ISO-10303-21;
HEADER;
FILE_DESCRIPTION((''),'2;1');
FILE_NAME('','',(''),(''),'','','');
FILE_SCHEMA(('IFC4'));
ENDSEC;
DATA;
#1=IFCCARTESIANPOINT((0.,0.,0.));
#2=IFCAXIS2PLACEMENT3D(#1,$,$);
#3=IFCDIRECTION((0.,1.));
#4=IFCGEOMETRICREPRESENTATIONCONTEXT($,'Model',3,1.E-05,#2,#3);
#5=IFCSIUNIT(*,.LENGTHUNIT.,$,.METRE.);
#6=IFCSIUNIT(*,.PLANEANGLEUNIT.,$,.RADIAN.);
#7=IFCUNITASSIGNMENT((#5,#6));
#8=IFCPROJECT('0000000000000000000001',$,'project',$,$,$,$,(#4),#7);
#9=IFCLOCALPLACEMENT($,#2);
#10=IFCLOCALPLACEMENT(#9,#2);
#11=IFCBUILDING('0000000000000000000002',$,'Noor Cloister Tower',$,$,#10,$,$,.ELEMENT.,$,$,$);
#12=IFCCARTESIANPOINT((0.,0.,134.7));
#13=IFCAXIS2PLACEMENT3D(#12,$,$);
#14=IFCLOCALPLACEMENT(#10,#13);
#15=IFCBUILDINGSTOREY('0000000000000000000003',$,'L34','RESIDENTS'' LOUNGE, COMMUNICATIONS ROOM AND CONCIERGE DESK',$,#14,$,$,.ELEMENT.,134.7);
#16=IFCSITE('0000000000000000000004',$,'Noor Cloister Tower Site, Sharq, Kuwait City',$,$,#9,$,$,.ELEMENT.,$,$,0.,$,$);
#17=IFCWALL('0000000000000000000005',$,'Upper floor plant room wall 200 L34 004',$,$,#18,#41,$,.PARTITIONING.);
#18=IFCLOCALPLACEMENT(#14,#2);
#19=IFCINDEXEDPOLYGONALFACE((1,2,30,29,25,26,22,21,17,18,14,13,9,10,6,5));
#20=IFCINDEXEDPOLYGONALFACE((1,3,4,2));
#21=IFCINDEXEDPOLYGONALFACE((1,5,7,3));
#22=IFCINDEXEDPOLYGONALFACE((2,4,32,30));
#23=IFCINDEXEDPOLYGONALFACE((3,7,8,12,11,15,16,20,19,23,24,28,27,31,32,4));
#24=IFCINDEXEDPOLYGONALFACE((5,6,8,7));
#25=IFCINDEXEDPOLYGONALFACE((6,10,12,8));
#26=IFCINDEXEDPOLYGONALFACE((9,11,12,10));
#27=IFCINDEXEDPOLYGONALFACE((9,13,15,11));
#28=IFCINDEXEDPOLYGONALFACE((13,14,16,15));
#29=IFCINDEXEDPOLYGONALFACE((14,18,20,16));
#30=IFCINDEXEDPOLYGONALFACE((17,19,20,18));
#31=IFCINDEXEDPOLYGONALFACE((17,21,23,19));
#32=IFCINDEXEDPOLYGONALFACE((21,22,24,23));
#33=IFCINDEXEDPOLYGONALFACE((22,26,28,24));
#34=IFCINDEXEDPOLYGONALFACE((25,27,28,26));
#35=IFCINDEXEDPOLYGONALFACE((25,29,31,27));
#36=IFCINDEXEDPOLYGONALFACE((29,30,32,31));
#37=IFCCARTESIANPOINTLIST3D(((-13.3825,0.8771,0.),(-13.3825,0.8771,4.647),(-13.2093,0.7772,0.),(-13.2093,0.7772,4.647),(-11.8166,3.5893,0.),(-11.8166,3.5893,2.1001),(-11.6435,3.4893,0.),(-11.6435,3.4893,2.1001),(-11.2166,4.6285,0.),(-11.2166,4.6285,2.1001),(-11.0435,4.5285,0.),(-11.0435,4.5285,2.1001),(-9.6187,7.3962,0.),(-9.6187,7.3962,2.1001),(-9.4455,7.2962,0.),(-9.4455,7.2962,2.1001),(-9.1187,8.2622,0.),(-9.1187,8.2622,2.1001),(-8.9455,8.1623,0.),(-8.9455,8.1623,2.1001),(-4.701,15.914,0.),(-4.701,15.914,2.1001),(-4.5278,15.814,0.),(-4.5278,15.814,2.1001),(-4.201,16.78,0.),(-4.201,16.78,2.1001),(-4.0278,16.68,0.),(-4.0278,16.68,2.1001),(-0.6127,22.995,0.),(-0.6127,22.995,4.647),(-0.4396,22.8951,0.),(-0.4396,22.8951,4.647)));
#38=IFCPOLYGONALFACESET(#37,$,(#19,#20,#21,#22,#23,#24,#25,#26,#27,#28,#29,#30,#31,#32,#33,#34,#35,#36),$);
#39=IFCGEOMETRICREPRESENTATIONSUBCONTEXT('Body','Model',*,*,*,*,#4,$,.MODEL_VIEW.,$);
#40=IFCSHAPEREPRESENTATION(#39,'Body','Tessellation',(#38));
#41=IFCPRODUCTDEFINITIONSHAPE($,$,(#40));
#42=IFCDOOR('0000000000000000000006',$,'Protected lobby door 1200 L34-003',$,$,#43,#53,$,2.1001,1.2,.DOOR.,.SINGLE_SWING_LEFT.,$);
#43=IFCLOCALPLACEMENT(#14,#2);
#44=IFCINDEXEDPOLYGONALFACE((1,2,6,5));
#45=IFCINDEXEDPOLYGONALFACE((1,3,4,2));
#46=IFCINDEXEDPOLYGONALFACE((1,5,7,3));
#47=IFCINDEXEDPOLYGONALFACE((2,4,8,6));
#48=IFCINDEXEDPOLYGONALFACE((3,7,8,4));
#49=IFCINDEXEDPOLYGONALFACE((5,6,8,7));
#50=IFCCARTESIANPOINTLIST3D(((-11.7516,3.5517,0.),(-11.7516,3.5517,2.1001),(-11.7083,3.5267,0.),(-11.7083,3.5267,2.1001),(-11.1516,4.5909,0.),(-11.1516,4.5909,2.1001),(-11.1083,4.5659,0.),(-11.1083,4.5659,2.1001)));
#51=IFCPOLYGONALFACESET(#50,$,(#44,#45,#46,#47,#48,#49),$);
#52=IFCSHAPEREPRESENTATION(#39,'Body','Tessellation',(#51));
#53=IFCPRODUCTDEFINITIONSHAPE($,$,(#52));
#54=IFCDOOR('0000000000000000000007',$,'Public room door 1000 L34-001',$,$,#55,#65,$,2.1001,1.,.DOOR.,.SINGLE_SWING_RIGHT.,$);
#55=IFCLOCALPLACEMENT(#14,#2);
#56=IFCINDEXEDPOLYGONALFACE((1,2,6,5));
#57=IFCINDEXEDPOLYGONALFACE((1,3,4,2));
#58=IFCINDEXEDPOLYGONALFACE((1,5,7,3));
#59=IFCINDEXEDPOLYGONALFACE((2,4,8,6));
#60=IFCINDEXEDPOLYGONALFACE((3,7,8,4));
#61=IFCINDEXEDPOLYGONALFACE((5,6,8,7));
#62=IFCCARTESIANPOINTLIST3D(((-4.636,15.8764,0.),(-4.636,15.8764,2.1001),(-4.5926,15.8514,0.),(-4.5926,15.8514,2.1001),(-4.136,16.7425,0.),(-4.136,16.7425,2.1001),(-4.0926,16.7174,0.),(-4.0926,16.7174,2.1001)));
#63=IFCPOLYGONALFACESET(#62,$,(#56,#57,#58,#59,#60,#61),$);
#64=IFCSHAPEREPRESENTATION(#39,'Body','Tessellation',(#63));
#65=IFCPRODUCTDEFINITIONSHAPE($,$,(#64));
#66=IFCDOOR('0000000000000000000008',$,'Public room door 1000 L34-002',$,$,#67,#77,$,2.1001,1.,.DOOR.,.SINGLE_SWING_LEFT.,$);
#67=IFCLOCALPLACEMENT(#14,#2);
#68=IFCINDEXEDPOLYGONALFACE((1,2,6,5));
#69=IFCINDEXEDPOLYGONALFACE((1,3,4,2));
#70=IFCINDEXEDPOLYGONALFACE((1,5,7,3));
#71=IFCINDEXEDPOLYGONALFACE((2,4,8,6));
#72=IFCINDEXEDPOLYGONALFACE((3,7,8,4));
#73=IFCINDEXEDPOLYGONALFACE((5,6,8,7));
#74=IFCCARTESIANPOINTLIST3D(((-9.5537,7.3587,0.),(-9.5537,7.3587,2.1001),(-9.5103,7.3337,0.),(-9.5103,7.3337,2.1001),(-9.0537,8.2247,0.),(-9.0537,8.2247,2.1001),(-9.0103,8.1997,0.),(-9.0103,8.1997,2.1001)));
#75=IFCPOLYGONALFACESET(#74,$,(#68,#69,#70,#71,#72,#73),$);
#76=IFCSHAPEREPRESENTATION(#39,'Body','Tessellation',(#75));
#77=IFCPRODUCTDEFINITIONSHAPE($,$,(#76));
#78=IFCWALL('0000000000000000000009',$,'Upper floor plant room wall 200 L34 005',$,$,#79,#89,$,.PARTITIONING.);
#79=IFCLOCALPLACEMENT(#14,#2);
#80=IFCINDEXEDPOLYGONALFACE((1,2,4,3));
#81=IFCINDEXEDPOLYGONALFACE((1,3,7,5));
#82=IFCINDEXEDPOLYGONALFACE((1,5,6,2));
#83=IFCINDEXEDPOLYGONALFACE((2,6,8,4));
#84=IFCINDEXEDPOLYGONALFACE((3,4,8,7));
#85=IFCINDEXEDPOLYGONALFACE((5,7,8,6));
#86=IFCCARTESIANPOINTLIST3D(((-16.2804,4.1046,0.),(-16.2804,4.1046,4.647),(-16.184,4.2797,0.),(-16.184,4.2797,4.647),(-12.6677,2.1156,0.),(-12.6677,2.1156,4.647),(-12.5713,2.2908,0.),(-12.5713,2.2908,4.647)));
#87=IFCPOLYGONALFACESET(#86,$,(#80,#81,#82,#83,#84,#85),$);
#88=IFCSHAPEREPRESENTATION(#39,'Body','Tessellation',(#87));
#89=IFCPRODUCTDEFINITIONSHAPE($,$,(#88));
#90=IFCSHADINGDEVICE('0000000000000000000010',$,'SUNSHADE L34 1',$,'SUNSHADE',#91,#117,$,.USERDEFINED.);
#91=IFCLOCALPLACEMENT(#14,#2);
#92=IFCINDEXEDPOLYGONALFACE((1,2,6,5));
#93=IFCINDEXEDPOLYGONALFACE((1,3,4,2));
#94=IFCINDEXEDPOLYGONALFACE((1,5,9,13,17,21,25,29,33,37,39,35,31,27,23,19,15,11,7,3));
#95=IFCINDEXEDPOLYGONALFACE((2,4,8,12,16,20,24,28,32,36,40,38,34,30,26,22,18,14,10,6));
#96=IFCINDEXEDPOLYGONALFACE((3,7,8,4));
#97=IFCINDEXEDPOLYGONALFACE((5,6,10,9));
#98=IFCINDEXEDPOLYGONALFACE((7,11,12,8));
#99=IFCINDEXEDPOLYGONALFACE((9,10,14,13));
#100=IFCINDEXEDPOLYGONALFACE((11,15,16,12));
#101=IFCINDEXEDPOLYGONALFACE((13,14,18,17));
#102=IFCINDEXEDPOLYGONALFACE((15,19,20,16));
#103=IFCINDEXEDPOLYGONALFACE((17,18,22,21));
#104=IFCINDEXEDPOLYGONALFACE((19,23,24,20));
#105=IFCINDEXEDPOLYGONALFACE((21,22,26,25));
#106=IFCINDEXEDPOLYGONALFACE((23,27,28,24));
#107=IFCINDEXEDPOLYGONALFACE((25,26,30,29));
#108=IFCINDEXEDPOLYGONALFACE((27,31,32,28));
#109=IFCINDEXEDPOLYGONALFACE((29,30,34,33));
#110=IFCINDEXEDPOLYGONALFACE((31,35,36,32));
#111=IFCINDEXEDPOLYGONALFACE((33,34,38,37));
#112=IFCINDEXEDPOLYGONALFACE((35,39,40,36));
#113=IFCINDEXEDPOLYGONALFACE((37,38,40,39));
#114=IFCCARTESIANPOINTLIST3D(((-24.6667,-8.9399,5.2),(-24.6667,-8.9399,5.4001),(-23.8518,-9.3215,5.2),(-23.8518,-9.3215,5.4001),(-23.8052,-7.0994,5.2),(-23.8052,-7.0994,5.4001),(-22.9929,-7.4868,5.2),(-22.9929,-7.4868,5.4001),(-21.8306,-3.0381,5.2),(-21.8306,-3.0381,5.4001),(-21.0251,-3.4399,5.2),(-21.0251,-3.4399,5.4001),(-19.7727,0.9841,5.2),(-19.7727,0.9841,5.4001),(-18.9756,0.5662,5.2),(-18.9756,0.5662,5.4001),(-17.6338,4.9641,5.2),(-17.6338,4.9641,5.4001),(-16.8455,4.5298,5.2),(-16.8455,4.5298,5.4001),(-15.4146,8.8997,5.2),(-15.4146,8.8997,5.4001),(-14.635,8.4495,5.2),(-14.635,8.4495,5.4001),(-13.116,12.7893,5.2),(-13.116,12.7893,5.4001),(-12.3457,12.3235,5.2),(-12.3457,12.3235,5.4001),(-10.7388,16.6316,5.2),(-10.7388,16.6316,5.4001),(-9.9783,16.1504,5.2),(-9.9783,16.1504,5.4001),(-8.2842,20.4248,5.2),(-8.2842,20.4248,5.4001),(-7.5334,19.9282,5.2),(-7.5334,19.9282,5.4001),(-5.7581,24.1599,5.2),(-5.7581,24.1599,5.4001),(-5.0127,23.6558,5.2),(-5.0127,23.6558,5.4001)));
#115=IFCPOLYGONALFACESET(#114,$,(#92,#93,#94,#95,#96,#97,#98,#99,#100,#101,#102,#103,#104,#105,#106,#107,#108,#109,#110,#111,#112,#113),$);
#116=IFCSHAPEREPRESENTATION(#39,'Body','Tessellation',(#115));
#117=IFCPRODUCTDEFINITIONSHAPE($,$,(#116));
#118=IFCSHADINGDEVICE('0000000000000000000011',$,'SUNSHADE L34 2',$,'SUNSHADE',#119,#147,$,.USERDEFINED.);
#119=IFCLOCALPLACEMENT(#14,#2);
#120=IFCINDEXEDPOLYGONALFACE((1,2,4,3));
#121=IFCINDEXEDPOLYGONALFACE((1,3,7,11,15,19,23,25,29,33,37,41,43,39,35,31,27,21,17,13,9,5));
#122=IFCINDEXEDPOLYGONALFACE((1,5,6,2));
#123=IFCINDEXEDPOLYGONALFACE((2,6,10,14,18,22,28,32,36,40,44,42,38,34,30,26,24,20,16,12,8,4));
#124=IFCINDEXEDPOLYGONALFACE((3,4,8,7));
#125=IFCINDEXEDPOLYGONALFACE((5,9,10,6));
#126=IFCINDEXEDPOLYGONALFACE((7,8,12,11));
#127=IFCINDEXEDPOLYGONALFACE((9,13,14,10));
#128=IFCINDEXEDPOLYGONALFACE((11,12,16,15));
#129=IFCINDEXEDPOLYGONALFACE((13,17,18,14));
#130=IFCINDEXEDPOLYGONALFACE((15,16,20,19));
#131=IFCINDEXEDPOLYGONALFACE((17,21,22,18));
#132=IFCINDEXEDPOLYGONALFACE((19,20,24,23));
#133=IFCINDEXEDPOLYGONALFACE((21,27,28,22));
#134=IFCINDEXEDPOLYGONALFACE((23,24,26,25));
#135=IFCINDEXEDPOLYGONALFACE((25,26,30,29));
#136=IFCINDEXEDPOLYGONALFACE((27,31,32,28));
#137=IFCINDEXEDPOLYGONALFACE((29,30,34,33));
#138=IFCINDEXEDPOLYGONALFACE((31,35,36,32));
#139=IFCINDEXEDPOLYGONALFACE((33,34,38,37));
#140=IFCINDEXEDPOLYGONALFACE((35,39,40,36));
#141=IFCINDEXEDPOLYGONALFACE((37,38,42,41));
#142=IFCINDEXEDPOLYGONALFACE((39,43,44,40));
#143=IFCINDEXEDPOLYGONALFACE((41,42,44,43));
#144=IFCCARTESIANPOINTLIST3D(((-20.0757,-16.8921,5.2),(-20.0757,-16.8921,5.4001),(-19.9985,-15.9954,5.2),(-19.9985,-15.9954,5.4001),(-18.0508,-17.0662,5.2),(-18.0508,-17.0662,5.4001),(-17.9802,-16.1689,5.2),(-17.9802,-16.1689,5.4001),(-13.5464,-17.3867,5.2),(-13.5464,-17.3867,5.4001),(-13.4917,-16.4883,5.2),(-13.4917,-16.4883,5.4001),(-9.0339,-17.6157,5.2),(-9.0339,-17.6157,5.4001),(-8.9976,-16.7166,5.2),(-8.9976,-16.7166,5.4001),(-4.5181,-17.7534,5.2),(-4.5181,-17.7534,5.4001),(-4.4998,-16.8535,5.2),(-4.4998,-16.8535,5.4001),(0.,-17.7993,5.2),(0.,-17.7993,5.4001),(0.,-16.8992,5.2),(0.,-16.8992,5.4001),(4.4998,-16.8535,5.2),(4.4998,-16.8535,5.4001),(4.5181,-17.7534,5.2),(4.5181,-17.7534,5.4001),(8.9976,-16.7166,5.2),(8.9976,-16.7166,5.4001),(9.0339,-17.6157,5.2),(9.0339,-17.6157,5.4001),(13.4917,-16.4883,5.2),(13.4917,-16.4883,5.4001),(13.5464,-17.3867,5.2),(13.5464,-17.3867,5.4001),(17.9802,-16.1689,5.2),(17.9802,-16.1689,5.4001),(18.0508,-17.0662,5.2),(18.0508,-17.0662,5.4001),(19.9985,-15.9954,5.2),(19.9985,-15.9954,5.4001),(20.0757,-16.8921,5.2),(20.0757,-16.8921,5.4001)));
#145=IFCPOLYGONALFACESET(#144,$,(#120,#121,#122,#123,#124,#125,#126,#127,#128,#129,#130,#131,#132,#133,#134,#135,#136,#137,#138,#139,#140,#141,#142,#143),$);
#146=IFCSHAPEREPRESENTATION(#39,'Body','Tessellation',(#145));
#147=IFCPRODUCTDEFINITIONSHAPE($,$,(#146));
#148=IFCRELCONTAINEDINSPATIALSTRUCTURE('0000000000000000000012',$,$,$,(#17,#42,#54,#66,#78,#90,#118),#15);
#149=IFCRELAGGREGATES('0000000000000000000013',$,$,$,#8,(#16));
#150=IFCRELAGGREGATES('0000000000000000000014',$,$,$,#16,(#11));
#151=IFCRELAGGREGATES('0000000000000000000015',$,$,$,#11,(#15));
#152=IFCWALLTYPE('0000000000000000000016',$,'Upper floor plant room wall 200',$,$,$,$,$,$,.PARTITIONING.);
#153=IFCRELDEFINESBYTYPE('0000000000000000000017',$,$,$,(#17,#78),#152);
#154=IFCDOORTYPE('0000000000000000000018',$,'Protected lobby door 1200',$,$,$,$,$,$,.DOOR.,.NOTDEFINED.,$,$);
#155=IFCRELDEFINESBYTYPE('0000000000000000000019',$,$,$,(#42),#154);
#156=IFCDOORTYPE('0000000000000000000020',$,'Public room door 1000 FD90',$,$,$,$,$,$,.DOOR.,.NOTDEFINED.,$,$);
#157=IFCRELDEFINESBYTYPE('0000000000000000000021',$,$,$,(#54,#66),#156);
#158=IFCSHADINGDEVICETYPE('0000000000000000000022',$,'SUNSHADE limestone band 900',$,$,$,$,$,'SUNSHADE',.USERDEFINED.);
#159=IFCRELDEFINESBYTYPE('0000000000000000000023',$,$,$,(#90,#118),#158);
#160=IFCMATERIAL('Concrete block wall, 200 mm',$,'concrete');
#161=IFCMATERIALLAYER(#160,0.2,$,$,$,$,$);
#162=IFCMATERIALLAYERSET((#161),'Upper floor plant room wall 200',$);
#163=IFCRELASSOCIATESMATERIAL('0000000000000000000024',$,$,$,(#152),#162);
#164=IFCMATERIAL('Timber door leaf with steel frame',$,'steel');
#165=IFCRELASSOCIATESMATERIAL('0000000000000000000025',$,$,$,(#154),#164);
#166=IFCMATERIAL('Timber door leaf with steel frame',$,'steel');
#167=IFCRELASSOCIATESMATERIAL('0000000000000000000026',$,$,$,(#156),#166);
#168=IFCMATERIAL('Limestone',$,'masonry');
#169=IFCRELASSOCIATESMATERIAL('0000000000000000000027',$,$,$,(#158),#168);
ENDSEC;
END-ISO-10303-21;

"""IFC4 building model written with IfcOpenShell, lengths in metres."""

from ifc_helpers import new_model, si_unit, direction, frame, frame_2d, origin, place, context, subcontext, project, spatial, polyline, rectangle, outline, extrude, material, layer, layer_set, type_object, element, fill, save


model = new_model("IFC4")

# Units and contexts
model_context = context("Model", 3, precision=1e-05, world=origin(), true_north=direction((0.0, 1.0)))
body_context = subcontext(model_context, "Body", "Model", "MODEL_VIEW")
ifc_project = project(units=[si_unit("LENGTHUNIT", "METRE"), si_unit("PLANEANGLEUNIT", "RADIAN")], contexts=[model_context])

# Site, building, storey
site_placement = place(None, origin())
site = spatial("IfcSite", under=ifc_project, at=site_placement, Name="Noor Cloister Tower Site, Sharq, Kuwait City", CompositionType="ELEMENT", RefElevation=0.0)
building_placement = place(site_placement, origin())
building = spatial("IfcBuilding", under=site, at=building_placement, Name="Noor Cloister Tower", CompositionType="ELEMENT")
storey_placement = place(building_placement, frame((0.0, 0.0, 134.7)))
storey = spatial("IfcBuildingStorey", under=building, at=storey_placement, Name="L34", Description="RESIDENTS' LOUNGE, COMMUNICATIONS ROOM AND CONCIERGE DESK", CompositionType="ELEMENT", Elevation=134.7)

# Shared definitions
ifc_material_1 = material(Name="Concrete block wall, 200 mm", Category="concrete")
ifc_layer_1 = layer(ifc_material_1, 0.2)
ifc_layer_set_1 = layer_set([ifc_layer_1], Name="Upper floor plant room wall 200")
wall_type_1 = type_object("IfcWallType", Name="Upper floor plant room wall 200", PredefinedType="PARTITIONING", material=ifc_layer_set_1)

# Wall, openings, doors
wall_1_placement = place(storey_placement, frame((-13.2959, 0.8271, 0.0), z_axis=(0.0, 0.0, 1.0), x_axis=(0.5, 0.866026, 0.0)))
wall_1 = element("IfcWall", 1, at=wall_1_placement, inside=storey, type_object=wall_type_1, Name="Upper floor plant room wall 200 L34 004", PredefinedType="PARTITIONING", context=body_context, shape_type="SweptSolid", body=[
    extrude(rectangle(XDim=25.5396, YDim=0.2, at=frame_2d((12.7698, 0.0))), origin(), (0.0, 0.0, 1.0), 4.647),
])
opening_1_placement = place(wall_1_placement, frame((17.363, 0.0, 0.0)))
opening_1 = element("IfcOpeningElement", 2, at=opening_1_placement, cuts=wall_1, PredefinedType="OPENING", context=body_context, shape_type="SweptSolid", body=[
    extrude(rectangle(XDim=1.0, YDim=2.1001, at=frame_2d((0.5, 1.05))), frame((0.0, 0.1099, 0.0), z_axis=(0.0, -1.0, 0.0), x_axis=(1.0, 0.0, 0.0)), (0.0, 0.0, 1.0), 0.22),
])
opening_2_placement = place(wall_1_placement, frame((7.5276, 0.0, 0.0)))
opening_2 = element("IfcOpeningElement", 3, at=opening_2_placement, cuts=wall_1, PredefinedType="OPENING", context=body_context, shape_type="SweptSolid", body=[
    extrude(rectangle(XDim=1.0, YDim=2.1001, at=frame_2d((0.5, 1.05))), frame((0.0, 0.1099, 0.0), z_axis=(0.0, -1.0, 0.0), x_axis=(1.0, 0.0, 0.0)), (0.0, 0.0, 1.0), 0.22),
])
opening_3_placement = place(wall_1_placement, frame((3.1316, 0.0, 0.0)))
opening_3 = element("IfcOpeningElement", 4, at=opening_3_placement, cuts=wall_1, PredefinedType="OPENING", context=body_context, shape_type="SweptSolid", body=[
    extrude(rectangle(XDim=1.2, YDim=2.1001, at=frame_2d((0.6001, 1.05))), frame((0.0, 0.1099, 0.0), z_axis=(0.0, -1.0, 0.0), x_axis=(1.0, 0.0, 0.0)), (0.0, 0.0, 1.0), 0.22),
])
ifc_material_2 = material(Name="Timber door leaf with steel frame", Category="steel")
door_type_1 = type_object("IfcDoorType", Name="Protected lobby door 1200", OperationType="NOTDEFINED", PredefinedType="DOOR", material=ifc_material_2)
door_1_placement = place(opening_3_placement, origin())
door_1 = element("IfcDoor", 5, at=door_1_placement, inside=storey, type_object=door_type_1, Name="Protected lobby door 1200 L34-003", OperationType="SINGLE_SWING_LEFT", OverallHeight=2.1001, OverallWidth=1.2, PredefinedType="DOOR", context=body_context, shape_type="SweptSolid", body=[
    extrude(rectangle(XDim=1.2, YDim=2.1001, at=frame_2d((0.6001, 1.05))), frame((0.0, 0.0249, 0.0), z_axis=(0.0, -1.0, 0.0), x_axis=(1.0, 0.0, 0.0)), (0.0, 0.0, 1.0), 0.05),
])
fill(opening_3, door_1)
ifc_material_3 = material(Name="Timber door leaf with steel frame", Category="steel")
door_type_2 = type_object("IfcDoorType", Name="Public room door 1000 FD90", OperationType="NOTDEFINED", PredefinedType="DOOR", material=ifc_material_3)
door_2_placement = place(opening_1_placement, origin())
door_2 = element("IfcDoor", 6, at=door_2_placement, inside=storey, type_object=door_type_2, Name="Public room door 1000 L34-001", OperationType="SINGLE_SWING_RIGHT", OverallHeight=2.1001, OverallWidth=1.0, PredefinedType="DOOR", context=body_context, shape_type="SweptSolid", body=[
    extrude(rectangle(XDim=1.0, YDim=2.1001, at=frame_2d((0.5, 1.05))), frame((0.0, 0.0249, 0.0), z_axis=(0.0, -1.0, 0.0), x_axis=(1.0, 0.0, 0.0)), (0.0, 0.0, 1.0), 0.05),
])
fill(opening_1, door_2)
door_3_placement = place(opening_2_placement, origin())
door_3 = element("IfcDoor", 7, at=door_3_placement, inside=storey, type_object=door_type_2, Name="Public room door 1000 L34-002", OperationType="SINGLE_SWING_LEFT", OverallHeight=2.1001, OverallWidth=1.0, PredefinedType="DOOR", context=body_context, shape_type="SweptSolid", body=[
    extrude(rectangle(XDim=1.0, YDim=2.1001, at=frame_2d((0.5, 1.05))), frame((0.0, 0.0249, 0.0), z_axis=(0.0, -1.0, 0.0), x_axis=(1.0, 0.0, 0.0)), (0.0, 0.0, 1.0), 0.05),
])
fill(opening_2, door_3)

# Wall
wall_2_placement = place(storey_placement, frame((-16.2322, 4.1921, 0.0), z_axis=(0.0, 0.0, 1.0), x_axis=(0.876013, -0.482287, 0.0)))
element("IfcWall", 8, at=wall_2_placement, inside=storey, type_object=wall_type_1, Name="Upper floor plant room wall 200 L34 005", PredefinedType="PARTITIONING", context=body_context, shape_type="SweptSolid", body=[
    extrude(rectangle(XDim=4.124, YDim=0.2, at=frame_2d((2.062, 0.0))), origin(), (0.0, 0.0, 1.0), 4.647),
])

# Shading devices
ifc_material_4 = material(Name="Limestone", Category="masonry")
shading_device_type = type_object("IfcShadingDeviceType", Name="SUNSHADE limestone band 900", ElementType="SUNSHADE", PredefinedType="USERDEFINED", material=ifc_material_4)
shading_device_1_placement = place(storey_placement, frame((0.0, 0.0, 5.2)))
element("IfcShadingDevice", 9, at=shading_device_1_placement, inside=storey, type_object=shading_device_type, Name="SUNSHADE L34 1", ObjectType="SUNSHADE", PredefinedType="USERDEFINED", context=body_context, shape_type="SweptSolid", body=[
    extrude(outline(polyline([(-5.7581, 24.1599), (-8.2842, 20.4248), (-10.7388, 16.6316), (-13.116, 12.7893), (-15.4146, 8.8997), (-17.6338, 4.9641), (-19.7727, 0.9841), (-21.8306, -3.0381), (-23.8052, -7.0994), (-24.6667, -8.9399), (-23.8518, -9.3215), (-22.9929, -7.4868), (-21.0251, -3.4399), (-18.9756, 0.5662), (-16.8455, 4.5298), (-14.635, 8.4495), (-12.3457, 12.3235), (-9.9783, 16.1504), (-7.5334, 19.9282), (-5.0127, 23.6558), (-5.7581, 24.1599)])), origin(), (0.0, 0.0, 1.0), 0.2002),
])
shading_device_2_placement = place(storey_placement, frame((0.0, 0.0, 5.2)))
element("IfcShadingDevice", 10, at=shading_device_2_placement, inside=storey, type_object=shading_device_type, Name="SUNSHADE L34 2", ObjectType="SUNSHADE", PredefinedType="USERDEFINED", context=body_context, shape_type="SweptSolid", body=[
    extrude(outline(polyline([(-20.0757, -16.8921), (-18.0508, -17.0662), (-13.5464, -17.3867), (-9.0339, -17.6157), (-4.5181, -17.7534), (0.0, -17.7993), (4.5181, -17.7534), (9.0339, -17.6157), (13.5464, -17.3867), (18.0508, -17.0662), (20.0757, -16.8921), (19.9985, -15.9954), (17.9802, -16.1689), (13.4917, -16.4883), (8.9976, -16.7166), (4.4998, -16.8535), (0.0, -16.8992), (-4.4998, -16.8535), (-8.9976, -16.7166), (-13.4917, -16.4883), (-17.9802, -16.1689), (-19.9985, -15.9954), (-20.0757, -16.8921)])), origin(), (0.0, 0.0, 1.0), 0.2002),
])

save(model, "model.ifc")
